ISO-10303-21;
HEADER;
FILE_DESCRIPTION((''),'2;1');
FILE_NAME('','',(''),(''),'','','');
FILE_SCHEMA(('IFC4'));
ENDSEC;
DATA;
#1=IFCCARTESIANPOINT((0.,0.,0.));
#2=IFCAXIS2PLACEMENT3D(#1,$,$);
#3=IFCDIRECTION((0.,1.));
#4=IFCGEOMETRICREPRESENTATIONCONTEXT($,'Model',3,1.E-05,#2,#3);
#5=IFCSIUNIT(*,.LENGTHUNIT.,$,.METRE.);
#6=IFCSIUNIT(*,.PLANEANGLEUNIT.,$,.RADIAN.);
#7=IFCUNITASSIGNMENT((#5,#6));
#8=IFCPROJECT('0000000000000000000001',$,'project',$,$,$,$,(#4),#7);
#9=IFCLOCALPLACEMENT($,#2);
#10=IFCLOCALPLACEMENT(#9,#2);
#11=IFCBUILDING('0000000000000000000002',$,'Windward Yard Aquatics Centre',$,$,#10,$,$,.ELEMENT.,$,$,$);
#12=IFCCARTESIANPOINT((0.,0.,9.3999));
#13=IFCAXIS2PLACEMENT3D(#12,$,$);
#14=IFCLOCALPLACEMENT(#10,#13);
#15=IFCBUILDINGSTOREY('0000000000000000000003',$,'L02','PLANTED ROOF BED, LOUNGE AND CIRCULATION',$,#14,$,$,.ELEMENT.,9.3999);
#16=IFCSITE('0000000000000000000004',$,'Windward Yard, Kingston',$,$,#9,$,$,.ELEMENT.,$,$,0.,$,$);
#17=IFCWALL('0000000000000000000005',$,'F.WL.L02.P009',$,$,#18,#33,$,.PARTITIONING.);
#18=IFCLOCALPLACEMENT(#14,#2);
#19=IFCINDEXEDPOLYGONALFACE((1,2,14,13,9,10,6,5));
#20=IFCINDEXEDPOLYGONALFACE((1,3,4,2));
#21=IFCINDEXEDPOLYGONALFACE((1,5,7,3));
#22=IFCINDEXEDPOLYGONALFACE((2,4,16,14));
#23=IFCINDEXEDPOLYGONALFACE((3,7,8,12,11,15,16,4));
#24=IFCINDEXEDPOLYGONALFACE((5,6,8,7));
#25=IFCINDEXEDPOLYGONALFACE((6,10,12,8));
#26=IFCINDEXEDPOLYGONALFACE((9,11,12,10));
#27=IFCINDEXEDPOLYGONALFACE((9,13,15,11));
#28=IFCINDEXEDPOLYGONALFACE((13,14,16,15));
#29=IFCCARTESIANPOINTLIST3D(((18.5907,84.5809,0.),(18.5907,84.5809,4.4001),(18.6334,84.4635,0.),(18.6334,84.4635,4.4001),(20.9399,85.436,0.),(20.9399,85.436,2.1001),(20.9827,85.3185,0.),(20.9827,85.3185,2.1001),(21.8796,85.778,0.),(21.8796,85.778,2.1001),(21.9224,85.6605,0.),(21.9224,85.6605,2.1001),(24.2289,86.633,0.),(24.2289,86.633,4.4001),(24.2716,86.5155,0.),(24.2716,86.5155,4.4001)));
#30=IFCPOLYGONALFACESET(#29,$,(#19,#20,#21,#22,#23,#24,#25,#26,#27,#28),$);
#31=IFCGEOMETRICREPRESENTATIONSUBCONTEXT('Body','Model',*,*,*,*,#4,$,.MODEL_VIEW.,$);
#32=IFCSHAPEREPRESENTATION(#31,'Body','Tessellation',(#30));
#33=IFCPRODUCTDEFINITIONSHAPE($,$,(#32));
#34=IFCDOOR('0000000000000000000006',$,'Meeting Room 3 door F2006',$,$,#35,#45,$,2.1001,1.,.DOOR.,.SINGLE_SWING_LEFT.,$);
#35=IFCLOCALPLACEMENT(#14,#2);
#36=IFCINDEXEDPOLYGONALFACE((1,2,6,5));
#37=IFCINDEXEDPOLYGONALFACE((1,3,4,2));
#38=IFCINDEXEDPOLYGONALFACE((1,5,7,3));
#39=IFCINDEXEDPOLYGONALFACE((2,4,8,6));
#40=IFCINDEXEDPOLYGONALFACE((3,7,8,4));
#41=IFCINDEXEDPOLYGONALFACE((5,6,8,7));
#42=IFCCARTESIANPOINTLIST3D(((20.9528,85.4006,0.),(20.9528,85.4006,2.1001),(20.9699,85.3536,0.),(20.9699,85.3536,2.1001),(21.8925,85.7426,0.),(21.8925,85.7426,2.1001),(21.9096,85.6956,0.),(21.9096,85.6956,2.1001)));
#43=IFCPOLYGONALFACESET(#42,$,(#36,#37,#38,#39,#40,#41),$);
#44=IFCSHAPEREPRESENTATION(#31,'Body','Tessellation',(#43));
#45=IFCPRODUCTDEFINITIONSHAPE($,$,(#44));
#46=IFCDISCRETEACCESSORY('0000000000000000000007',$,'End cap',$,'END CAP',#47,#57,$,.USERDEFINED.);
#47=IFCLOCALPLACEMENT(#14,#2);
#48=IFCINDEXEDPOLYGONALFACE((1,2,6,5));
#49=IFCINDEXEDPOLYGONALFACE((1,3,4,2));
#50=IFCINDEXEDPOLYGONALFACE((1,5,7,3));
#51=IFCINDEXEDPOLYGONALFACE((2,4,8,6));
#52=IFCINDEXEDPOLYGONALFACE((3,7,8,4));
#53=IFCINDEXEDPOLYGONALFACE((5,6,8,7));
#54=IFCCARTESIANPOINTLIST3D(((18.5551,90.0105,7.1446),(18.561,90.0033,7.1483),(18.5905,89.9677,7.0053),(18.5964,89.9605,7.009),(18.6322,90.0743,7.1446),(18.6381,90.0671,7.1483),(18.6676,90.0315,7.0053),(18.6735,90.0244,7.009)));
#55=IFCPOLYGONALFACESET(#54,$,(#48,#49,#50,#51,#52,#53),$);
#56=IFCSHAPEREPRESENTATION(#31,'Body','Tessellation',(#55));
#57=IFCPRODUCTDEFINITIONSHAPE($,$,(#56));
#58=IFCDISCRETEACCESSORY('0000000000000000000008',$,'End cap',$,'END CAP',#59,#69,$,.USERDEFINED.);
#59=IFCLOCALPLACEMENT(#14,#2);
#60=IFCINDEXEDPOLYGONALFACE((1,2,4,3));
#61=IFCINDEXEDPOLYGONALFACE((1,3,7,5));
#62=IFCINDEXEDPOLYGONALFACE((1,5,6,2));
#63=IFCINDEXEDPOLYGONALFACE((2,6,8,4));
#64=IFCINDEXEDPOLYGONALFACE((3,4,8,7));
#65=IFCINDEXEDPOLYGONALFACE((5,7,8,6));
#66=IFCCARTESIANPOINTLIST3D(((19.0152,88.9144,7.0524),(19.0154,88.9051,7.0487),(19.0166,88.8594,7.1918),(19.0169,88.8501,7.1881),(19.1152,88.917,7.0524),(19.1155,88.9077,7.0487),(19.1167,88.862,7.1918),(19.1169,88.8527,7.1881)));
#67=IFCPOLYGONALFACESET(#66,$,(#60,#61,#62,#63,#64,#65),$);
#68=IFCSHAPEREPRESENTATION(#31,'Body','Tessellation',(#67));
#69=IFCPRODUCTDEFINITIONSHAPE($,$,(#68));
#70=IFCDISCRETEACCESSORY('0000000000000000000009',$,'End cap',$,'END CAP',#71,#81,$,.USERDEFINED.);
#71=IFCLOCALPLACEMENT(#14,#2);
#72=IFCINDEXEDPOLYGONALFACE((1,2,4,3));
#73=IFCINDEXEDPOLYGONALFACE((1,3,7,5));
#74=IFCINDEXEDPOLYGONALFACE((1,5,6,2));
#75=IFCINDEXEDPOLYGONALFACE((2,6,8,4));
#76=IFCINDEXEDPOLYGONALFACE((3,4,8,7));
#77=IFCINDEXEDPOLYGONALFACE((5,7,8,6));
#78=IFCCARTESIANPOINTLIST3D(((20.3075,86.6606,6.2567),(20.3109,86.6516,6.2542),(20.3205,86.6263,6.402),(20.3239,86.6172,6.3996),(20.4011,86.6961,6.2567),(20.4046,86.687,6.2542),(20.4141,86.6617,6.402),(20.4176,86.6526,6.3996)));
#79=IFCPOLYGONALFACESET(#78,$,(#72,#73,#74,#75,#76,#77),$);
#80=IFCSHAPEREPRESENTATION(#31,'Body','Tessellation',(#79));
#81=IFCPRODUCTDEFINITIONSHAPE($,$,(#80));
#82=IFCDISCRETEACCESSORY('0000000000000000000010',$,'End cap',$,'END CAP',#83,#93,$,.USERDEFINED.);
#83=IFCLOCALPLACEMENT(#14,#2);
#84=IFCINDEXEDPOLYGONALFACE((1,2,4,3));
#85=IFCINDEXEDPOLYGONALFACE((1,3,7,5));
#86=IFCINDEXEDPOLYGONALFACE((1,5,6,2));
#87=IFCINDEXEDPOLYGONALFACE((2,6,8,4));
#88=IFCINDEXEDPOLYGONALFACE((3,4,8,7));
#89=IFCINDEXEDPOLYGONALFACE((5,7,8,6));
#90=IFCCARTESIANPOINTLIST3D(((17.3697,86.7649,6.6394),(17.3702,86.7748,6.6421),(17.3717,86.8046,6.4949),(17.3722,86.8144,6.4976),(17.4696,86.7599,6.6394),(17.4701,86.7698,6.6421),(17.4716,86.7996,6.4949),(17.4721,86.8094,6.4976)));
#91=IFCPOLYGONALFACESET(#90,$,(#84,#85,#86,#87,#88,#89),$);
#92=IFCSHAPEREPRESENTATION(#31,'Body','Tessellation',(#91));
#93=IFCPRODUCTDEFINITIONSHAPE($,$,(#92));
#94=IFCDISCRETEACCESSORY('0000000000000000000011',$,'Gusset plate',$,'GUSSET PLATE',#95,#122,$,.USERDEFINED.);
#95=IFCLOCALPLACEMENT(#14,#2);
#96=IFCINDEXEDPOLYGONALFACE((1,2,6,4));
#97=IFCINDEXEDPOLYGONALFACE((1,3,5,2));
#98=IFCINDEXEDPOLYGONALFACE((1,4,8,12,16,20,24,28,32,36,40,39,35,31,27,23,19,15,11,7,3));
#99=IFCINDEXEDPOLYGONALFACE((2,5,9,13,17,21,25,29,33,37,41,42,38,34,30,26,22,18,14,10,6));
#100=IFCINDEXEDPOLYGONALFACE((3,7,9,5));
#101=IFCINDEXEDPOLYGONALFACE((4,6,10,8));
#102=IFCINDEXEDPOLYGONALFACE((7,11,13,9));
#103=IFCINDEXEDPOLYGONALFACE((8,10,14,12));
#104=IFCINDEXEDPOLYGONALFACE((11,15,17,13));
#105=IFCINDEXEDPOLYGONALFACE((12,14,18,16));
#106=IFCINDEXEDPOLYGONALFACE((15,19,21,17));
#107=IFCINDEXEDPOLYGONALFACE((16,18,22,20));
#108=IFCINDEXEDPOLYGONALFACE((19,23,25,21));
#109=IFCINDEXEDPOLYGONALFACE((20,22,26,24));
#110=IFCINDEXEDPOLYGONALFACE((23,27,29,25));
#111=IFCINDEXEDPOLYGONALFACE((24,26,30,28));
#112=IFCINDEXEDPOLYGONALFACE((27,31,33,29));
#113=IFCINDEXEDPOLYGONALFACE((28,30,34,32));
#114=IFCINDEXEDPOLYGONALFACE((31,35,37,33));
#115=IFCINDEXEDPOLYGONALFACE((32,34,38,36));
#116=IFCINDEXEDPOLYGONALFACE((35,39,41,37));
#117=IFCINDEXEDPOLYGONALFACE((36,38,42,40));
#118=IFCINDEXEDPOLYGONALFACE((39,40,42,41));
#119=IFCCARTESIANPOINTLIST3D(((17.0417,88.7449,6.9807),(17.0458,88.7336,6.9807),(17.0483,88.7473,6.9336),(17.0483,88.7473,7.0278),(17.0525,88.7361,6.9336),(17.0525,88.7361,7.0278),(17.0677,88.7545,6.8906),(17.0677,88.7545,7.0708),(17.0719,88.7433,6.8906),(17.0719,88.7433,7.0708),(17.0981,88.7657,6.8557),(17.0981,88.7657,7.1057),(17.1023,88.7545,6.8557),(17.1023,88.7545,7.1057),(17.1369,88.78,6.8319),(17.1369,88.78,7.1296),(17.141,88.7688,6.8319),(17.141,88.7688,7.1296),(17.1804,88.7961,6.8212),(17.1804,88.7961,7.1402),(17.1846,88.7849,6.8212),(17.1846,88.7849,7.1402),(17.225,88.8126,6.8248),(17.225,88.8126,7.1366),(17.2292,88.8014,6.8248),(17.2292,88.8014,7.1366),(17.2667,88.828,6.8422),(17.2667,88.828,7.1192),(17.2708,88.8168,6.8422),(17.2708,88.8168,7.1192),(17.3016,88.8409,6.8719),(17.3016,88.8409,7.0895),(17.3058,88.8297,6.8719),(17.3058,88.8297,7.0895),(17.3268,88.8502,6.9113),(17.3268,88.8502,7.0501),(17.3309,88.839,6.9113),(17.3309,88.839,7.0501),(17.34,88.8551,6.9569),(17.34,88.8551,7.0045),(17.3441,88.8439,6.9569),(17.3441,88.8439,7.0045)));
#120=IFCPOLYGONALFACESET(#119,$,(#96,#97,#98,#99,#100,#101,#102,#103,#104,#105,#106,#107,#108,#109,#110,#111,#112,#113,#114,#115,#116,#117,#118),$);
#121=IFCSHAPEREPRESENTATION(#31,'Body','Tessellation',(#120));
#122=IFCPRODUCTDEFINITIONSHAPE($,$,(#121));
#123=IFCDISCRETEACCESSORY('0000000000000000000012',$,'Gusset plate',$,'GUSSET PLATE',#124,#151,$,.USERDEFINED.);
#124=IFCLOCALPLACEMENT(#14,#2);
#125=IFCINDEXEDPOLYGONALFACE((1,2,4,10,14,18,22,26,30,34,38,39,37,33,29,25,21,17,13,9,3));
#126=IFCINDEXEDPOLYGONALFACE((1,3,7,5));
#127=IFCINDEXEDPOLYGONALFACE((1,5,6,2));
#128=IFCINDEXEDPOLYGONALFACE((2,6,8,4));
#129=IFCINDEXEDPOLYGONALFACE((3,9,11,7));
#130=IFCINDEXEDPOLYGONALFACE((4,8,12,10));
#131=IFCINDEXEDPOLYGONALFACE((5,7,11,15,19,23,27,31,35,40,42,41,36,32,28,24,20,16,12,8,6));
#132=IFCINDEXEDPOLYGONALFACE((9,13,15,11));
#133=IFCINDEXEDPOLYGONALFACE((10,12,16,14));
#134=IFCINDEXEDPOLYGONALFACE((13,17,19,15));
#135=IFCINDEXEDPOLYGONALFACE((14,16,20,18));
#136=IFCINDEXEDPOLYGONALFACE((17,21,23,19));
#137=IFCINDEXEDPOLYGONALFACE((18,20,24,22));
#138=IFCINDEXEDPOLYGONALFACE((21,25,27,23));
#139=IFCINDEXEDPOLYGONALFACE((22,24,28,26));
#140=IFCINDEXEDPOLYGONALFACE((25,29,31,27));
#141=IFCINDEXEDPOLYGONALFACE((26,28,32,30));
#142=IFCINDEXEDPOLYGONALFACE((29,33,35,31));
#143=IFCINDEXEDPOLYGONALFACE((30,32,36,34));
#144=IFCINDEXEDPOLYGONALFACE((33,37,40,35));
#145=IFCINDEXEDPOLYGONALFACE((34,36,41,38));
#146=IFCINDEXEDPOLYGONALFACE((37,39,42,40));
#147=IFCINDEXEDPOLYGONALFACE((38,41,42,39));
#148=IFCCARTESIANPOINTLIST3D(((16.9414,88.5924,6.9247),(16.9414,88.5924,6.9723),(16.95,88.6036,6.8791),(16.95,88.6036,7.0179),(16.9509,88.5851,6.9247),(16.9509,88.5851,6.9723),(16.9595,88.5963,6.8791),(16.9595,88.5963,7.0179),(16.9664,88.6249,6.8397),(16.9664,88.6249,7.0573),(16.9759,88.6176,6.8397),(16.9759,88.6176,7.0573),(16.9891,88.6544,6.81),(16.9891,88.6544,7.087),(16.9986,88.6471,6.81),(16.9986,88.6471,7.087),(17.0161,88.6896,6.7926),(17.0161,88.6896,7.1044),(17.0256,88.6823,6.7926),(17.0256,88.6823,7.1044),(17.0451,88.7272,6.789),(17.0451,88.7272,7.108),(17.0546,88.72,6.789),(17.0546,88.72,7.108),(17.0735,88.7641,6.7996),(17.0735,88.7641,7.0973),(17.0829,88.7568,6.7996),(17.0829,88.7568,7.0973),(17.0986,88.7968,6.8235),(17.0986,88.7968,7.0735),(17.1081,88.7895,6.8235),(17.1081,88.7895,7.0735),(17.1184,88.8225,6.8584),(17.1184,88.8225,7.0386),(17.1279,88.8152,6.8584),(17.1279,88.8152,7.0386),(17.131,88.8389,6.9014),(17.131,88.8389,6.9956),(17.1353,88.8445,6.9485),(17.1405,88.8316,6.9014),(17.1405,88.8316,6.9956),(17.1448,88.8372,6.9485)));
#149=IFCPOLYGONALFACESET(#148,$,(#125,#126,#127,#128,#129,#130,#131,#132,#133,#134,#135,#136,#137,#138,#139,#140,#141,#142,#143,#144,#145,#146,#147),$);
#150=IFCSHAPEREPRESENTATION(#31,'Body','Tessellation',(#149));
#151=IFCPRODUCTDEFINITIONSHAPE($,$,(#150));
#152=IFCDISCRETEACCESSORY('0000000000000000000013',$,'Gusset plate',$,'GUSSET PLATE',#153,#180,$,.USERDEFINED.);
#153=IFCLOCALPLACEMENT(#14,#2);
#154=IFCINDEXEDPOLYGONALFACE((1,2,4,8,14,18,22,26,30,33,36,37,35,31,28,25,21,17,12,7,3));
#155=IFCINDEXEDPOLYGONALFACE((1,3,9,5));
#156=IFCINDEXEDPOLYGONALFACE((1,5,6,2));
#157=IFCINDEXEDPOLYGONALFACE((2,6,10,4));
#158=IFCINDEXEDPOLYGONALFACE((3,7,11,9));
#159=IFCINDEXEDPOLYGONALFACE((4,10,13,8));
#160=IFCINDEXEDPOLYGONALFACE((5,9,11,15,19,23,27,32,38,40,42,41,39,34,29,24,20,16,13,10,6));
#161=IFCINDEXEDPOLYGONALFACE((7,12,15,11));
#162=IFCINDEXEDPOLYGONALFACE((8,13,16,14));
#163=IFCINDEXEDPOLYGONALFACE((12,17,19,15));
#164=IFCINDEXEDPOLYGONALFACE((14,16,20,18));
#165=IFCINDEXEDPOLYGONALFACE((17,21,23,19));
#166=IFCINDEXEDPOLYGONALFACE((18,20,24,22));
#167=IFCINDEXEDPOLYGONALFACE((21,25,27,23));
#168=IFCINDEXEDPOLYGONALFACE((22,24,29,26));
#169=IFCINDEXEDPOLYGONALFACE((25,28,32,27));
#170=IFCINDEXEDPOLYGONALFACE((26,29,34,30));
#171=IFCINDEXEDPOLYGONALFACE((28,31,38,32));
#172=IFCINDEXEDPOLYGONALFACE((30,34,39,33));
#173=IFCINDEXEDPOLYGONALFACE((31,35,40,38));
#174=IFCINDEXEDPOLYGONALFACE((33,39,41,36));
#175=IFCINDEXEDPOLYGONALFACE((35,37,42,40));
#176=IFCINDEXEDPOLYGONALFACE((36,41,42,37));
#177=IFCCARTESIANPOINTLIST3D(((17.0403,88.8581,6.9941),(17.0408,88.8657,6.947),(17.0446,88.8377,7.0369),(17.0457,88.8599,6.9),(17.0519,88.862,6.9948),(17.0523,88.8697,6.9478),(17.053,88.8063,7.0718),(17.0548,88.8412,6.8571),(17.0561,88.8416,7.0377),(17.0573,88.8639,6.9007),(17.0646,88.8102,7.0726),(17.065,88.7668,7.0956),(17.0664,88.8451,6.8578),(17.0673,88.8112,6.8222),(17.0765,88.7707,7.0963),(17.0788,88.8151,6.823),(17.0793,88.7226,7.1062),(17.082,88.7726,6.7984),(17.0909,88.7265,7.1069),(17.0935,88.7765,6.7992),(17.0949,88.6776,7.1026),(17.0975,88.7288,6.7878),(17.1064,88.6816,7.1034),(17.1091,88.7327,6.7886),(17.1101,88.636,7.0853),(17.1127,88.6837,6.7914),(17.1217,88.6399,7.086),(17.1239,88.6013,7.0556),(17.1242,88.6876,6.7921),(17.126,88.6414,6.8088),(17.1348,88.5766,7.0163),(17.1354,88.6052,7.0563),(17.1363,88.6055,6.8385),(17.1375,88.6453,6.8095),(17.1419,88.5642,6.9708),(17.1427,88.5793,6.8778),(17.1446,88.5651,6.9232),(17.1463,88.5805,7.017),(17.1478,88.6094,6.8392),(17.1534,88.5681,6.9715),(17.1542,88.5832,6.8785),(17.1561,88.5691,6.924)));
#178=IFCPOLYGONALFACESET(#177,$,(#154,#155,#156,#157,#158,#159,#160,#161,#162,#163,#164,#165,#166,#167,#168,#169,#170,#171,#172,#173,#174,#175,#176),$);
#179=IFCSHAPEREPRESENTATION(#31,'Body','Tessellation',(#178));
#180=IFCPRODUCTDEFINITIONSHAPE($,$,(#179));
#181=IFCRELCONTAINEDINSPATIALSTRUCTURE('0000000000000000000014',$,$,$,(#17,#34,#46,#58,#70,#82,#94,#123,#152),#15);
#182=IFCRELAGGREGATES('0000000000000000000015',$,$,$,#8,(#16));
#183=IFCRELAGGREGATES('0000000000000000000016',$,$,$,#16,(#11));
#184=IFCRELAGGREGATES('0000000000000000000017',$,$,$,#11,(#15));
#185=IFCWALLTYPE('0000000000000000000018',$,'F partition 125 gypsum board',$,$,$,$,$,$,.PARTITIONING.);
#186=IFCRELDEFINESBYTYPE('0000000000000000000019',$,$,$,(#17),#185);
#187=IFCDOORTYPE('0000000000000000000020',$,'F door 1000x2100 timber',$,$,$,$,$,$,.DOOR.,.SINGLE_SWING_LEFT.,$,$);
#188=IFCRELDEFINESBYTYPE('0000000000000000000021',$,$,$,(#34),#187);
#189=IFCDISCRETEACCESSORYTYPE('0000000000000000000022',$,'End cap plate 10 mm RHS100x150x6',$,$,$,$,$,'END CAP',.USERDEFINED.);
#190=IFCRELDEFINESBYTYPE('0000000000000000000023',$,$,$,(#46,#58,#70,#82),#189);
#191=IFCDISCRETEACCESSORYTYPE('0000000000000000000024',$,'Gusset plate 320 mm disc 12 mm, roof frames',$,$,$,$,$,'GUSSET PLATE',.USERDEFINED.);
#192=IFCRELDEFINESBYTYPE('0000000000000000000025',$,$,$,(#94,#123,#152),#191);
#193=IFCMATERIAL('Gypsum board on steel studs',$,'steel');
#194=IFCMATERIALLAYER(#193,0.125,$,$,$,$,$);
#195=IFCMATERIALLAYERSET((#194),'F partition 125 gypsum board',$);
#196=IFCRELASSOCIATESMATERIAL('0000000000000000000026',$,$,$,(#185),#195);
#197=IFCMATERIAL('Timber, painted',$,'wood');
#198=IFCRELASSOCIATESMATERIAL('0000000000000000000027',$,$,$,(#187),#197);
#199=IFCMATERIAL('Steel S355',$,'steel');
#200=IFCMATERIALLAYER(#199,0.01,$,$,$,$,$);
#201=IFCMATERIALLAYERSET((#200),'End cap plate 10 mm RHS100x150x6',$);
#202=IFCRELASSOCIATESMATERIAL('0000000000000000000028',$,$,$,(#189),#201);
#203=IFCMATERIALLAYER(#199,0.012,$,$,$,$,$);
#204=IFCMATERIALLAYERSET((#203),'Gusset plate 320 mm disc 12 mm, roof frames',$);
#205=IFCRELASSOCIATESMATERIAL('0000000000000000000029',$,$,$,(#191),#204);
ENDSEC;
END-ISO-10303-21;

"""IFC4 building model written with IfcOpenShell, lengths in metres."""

from ifc_helpers import new_model, si_unit, direction, frame, frame_2d, origin, origin_2d, place, context, subcontext, project, spatial, rectangle, circle, extrude, material, layer, layer_set, type_object, element, fill, save


model = new_model("IFC4")

# Units and contexts
model_context = context("Model", 3, precision=1e-05, world=origin(), true_north=direction((0.0, 1.0)))
body_context = subcontext(model_context, "Body", "Model", "MODEL_VIEW")
ifc_project = project(units=[si_unit("LENGTHUNIT", "METRE"), si_unit("PLANEANGLEUNIT", "RADIAN")], contexts=[model_context])

# Site, building, storey
site_placement = place(None, origin())
site = spatial("IfcSite", under=ifc_project, at=site_placement, Name="Windward Yard, Kingston", CompositionType="ELEMENT", RefElevation=0.0)
building_placement = place(site_placement, origin())
building = spatial("IfcBuilding", under=site, at=building_placement, Name="Windward Yard Aquatics Centre", CompositionType="ELEMENT")
storey_placement = place(building_placement, frame((0.0, 0.0, 9.3999)))
storey = spatial("IfcBuildingStorey", under=building, at=storey_placement, Name="L02", Description="PLANTED ROOF BED, LOUNGE AND CIRCULATION", CompositionType="ELEMENT", Elevation=9.3999)

# Shared definitions
ifc_material_1 = material(Name="Steel S355", Category="steel")

# Wall, opening, door
ifc_material_2 = material(Name="Gypsum board on steel studs", Category="steel")
ifc_layer_1 = layer(ifc_material_2, 0.125)
ifc_layer_set_1 = layer_set([ifc_layer_1], Name="F partition 125 gypsum board")
wall_type = type_object("IfcWallType", Name="F partition 125 gypsum board", PredefinedType="PARTITIONING", material=ifc_layer_set_1)
wall_placement = place(storey_placement, frame((18.6121, 84.5222, 0.0), z_axis=(0.0, 0.0, 1.0), x_axis=(0.9397, 0.342001, 0.0)))
wall = element("IfcWall", 1, at=wall_placement, inside=storey, type_object=wall_type, Name="F.WL.L02.P009", PredefinedType="PARTITIONING", context=body_context, shape_type="SweptSolid", body=[
    extrude(rectangle(XDim=6.0, YDim=0.125, at=frame_2d((3.0, 0.0))), origin(), (0.0, 0.0, 1.0), 4.4001),
])
opening_placement = place(wall_placement, frame((2.5, 0.0, 0.0)))
opening = element("IfcOpeningElement", 2, at=opening_placement, cuts=wall, PredefinedType="OPENING", context=body_context, shape_type="SweptSolid", body=[
    extrude(rectangle(XDim=1.0, YDim=2.1001, at=frame_2d((0.5, 1.05))), frame((0.0, 0.0725, 0.0), z_axis=(0.0, -1.0, 0.0), x_axis=(1.0, 0.0, 0.0)), (0.0, 0.0, 1.0), 0.145),
])
ifc_material_3 = material(Name="Timber, painted", Category="wood")
door_type = type_object("IfcDoorType", Name="F door 1000x2100 timber", OperationType="SINGLE_SWING_LEFT", PredefinedType="DOOR", material=ifc_material_3)
door_placement = place(opening_placement, origin())
door = element("IfcDoor", 3, at=door_placement, inside=storey, type_object=door_type, Name="Meeting Room 3 door F2006", OperationType="SINGLE_SWING_LEFT", OverallHeight=2.1001, OverallWidth=1.0, PredefinedType="DOOR", context=body_context, shape_type="SweptSolid", body=[
    extrude(rectangle(XDim=1.0, YDim=2.1001, at=frame_2d((0.5, 1.05))), frame((0.0, 0.0249, 0.0), z_axis=(0.0, -1.0, 0.0), x_axis=(1.0, 0.0, 0.0)), (0.0, 0.0, 1.0), 0.05),
])
fill(opening, door)

# Discrete accessories
ifc_layer_2 = layer(ifc_material_1, 0.01)
ifc_layer_set_2 = layer_set([ifc_layer_2], Name="End cap plate 10 mm RHS100x150x6")
discrete_accessory_type_1 = type_object("IfcDiscreteAccessoryType", Name="End cap plate 10 mm RHS100x150x6", ElementType="END CAP", PredefinedType="USERDEFINED", material=ifc_layer_set_2)
for number, where, z_axis, x_axis, name in (
    (4, (18.6113, 90.021, 7.075), (0.592277, -0.715668, 0.370173), (0.770394, 0.637568, 0.0), "End cap"),
    (5, (19.0662, 88.8789, 7.1184), (-0.02447, 0.929877, 0.367057), (-0.999654, -0.026307, 0.0), "End cap"),
    (6, (20.3643, 86.6521, 6.3269), (-0.3431, 0.906765, 0.245072), (-0.935286, -0.353892, 0.0), "End cap"),
):
    element("IfcDiscreteAccessory", number, at=place(storey_placement, frame(where, z_axis=z_axis, x_axis=x_axis)), inside=storey, type_object=discrete_accessory_type_1, Name=name, ObjectType="END CAP", PredefinedType="USERDEFINED", context=body_context, shape_type="SweptSolid", body=[
        extrude(rectangle(XDim=0.1001, YDim=0.1499, at=origin_2d()), origin(), (0.0, 0.0, 1.0), 0.01),
    ])
discrete_accessory_1_placement = place(storey_placement, frame((17.4207, 86.7822, 6.5671), z_axis=(0.048154, 0.963087, 0.264849), x_axis=(-0.998752, 0.049938, 0.0)))
element("IfcDiscreteAccessory", 7, at=discrete_accessory_1_placement, inside=storey, type_object=discrete_accessory_type_1, Name="End cap", ObjectType="END CAP", PredefinedType="USERDEFINED", context=body_context, shape_type="SweptSolid", body=[
    extrude(rectangle(XDim=0.1001, YDim=0.1499, at=origin_2d()), origin(), (0.0, 0.0, 1.0), 0.0103),
])
ifc_layer_3 = layer(ifc_material_1, 0.012)
ifc_layer_set_3 = layer_set([ifc_layer_3], Name="Gusset plate 320 mm disc 12 mm, roof frames")
discrete_accessory_type_2 = type_object("IfcDiscreteAccessoryType", Name="Gusset plate 320 mm disc 12 mm, roof frames", ElementType="GUSSET PLATE", PredefinedType="USERDEFINED", material=ifc_layer_set_3)
for number, where, z_axis, x_axis, name in (
    (8, (17.1958, 88.7891, 6.9807), (-0.34665, 0.937994, 0.0), (-0.937994, -0.34665, 0.0), "Gusset plate"),
    (9, (17.0378, 88.7178, 6.9485), (0.792624, -0.609711, 0.0), (0.609711, 0.792624, 0.0), "Gusset plate"),
):
    element("IfcDiscreteAccessory", number, at=place(storey_placement, frame(where, z_axis=z_axis, x_axis=x_axis)), inside=storey, type_object=discrete_accessory_type_2, Name=name, ObjectType="GUSSET PLATE", PredefinedType="USERDEFINED", context=body_context, shape_type="SweptSolid", body=[
        extrude(circle(Radius=0.1599, at=origin_2d()), origin(), (0.0, 0.0, 1.0), 0.012),
    ])
discrete_accessory_2_placement = place(storey_placement, frame((17.0923, 88.7144, 6.947), z_axis=(0.944926, 0.321677, 0.060314), x_axis=(-0.322264, 0.94665, 0.0)))
element("IfcDiscreteAccessory", 10, at=discrete_accessory_2_placement, inside=storey, type_object=discrete_accessory_type_2, Name="Gusset plate", ObjectType="GUSSET PLATE", PredefinedType="USERDEFINED", context=body_context, shape_type="SweptSolid", body=[
    extrude(circle(Radius=0.1599, at=origin_2d()), origin(), (0.0, 0.0, 1.0), 0.0122),
])

save(model, "model.ifc")
